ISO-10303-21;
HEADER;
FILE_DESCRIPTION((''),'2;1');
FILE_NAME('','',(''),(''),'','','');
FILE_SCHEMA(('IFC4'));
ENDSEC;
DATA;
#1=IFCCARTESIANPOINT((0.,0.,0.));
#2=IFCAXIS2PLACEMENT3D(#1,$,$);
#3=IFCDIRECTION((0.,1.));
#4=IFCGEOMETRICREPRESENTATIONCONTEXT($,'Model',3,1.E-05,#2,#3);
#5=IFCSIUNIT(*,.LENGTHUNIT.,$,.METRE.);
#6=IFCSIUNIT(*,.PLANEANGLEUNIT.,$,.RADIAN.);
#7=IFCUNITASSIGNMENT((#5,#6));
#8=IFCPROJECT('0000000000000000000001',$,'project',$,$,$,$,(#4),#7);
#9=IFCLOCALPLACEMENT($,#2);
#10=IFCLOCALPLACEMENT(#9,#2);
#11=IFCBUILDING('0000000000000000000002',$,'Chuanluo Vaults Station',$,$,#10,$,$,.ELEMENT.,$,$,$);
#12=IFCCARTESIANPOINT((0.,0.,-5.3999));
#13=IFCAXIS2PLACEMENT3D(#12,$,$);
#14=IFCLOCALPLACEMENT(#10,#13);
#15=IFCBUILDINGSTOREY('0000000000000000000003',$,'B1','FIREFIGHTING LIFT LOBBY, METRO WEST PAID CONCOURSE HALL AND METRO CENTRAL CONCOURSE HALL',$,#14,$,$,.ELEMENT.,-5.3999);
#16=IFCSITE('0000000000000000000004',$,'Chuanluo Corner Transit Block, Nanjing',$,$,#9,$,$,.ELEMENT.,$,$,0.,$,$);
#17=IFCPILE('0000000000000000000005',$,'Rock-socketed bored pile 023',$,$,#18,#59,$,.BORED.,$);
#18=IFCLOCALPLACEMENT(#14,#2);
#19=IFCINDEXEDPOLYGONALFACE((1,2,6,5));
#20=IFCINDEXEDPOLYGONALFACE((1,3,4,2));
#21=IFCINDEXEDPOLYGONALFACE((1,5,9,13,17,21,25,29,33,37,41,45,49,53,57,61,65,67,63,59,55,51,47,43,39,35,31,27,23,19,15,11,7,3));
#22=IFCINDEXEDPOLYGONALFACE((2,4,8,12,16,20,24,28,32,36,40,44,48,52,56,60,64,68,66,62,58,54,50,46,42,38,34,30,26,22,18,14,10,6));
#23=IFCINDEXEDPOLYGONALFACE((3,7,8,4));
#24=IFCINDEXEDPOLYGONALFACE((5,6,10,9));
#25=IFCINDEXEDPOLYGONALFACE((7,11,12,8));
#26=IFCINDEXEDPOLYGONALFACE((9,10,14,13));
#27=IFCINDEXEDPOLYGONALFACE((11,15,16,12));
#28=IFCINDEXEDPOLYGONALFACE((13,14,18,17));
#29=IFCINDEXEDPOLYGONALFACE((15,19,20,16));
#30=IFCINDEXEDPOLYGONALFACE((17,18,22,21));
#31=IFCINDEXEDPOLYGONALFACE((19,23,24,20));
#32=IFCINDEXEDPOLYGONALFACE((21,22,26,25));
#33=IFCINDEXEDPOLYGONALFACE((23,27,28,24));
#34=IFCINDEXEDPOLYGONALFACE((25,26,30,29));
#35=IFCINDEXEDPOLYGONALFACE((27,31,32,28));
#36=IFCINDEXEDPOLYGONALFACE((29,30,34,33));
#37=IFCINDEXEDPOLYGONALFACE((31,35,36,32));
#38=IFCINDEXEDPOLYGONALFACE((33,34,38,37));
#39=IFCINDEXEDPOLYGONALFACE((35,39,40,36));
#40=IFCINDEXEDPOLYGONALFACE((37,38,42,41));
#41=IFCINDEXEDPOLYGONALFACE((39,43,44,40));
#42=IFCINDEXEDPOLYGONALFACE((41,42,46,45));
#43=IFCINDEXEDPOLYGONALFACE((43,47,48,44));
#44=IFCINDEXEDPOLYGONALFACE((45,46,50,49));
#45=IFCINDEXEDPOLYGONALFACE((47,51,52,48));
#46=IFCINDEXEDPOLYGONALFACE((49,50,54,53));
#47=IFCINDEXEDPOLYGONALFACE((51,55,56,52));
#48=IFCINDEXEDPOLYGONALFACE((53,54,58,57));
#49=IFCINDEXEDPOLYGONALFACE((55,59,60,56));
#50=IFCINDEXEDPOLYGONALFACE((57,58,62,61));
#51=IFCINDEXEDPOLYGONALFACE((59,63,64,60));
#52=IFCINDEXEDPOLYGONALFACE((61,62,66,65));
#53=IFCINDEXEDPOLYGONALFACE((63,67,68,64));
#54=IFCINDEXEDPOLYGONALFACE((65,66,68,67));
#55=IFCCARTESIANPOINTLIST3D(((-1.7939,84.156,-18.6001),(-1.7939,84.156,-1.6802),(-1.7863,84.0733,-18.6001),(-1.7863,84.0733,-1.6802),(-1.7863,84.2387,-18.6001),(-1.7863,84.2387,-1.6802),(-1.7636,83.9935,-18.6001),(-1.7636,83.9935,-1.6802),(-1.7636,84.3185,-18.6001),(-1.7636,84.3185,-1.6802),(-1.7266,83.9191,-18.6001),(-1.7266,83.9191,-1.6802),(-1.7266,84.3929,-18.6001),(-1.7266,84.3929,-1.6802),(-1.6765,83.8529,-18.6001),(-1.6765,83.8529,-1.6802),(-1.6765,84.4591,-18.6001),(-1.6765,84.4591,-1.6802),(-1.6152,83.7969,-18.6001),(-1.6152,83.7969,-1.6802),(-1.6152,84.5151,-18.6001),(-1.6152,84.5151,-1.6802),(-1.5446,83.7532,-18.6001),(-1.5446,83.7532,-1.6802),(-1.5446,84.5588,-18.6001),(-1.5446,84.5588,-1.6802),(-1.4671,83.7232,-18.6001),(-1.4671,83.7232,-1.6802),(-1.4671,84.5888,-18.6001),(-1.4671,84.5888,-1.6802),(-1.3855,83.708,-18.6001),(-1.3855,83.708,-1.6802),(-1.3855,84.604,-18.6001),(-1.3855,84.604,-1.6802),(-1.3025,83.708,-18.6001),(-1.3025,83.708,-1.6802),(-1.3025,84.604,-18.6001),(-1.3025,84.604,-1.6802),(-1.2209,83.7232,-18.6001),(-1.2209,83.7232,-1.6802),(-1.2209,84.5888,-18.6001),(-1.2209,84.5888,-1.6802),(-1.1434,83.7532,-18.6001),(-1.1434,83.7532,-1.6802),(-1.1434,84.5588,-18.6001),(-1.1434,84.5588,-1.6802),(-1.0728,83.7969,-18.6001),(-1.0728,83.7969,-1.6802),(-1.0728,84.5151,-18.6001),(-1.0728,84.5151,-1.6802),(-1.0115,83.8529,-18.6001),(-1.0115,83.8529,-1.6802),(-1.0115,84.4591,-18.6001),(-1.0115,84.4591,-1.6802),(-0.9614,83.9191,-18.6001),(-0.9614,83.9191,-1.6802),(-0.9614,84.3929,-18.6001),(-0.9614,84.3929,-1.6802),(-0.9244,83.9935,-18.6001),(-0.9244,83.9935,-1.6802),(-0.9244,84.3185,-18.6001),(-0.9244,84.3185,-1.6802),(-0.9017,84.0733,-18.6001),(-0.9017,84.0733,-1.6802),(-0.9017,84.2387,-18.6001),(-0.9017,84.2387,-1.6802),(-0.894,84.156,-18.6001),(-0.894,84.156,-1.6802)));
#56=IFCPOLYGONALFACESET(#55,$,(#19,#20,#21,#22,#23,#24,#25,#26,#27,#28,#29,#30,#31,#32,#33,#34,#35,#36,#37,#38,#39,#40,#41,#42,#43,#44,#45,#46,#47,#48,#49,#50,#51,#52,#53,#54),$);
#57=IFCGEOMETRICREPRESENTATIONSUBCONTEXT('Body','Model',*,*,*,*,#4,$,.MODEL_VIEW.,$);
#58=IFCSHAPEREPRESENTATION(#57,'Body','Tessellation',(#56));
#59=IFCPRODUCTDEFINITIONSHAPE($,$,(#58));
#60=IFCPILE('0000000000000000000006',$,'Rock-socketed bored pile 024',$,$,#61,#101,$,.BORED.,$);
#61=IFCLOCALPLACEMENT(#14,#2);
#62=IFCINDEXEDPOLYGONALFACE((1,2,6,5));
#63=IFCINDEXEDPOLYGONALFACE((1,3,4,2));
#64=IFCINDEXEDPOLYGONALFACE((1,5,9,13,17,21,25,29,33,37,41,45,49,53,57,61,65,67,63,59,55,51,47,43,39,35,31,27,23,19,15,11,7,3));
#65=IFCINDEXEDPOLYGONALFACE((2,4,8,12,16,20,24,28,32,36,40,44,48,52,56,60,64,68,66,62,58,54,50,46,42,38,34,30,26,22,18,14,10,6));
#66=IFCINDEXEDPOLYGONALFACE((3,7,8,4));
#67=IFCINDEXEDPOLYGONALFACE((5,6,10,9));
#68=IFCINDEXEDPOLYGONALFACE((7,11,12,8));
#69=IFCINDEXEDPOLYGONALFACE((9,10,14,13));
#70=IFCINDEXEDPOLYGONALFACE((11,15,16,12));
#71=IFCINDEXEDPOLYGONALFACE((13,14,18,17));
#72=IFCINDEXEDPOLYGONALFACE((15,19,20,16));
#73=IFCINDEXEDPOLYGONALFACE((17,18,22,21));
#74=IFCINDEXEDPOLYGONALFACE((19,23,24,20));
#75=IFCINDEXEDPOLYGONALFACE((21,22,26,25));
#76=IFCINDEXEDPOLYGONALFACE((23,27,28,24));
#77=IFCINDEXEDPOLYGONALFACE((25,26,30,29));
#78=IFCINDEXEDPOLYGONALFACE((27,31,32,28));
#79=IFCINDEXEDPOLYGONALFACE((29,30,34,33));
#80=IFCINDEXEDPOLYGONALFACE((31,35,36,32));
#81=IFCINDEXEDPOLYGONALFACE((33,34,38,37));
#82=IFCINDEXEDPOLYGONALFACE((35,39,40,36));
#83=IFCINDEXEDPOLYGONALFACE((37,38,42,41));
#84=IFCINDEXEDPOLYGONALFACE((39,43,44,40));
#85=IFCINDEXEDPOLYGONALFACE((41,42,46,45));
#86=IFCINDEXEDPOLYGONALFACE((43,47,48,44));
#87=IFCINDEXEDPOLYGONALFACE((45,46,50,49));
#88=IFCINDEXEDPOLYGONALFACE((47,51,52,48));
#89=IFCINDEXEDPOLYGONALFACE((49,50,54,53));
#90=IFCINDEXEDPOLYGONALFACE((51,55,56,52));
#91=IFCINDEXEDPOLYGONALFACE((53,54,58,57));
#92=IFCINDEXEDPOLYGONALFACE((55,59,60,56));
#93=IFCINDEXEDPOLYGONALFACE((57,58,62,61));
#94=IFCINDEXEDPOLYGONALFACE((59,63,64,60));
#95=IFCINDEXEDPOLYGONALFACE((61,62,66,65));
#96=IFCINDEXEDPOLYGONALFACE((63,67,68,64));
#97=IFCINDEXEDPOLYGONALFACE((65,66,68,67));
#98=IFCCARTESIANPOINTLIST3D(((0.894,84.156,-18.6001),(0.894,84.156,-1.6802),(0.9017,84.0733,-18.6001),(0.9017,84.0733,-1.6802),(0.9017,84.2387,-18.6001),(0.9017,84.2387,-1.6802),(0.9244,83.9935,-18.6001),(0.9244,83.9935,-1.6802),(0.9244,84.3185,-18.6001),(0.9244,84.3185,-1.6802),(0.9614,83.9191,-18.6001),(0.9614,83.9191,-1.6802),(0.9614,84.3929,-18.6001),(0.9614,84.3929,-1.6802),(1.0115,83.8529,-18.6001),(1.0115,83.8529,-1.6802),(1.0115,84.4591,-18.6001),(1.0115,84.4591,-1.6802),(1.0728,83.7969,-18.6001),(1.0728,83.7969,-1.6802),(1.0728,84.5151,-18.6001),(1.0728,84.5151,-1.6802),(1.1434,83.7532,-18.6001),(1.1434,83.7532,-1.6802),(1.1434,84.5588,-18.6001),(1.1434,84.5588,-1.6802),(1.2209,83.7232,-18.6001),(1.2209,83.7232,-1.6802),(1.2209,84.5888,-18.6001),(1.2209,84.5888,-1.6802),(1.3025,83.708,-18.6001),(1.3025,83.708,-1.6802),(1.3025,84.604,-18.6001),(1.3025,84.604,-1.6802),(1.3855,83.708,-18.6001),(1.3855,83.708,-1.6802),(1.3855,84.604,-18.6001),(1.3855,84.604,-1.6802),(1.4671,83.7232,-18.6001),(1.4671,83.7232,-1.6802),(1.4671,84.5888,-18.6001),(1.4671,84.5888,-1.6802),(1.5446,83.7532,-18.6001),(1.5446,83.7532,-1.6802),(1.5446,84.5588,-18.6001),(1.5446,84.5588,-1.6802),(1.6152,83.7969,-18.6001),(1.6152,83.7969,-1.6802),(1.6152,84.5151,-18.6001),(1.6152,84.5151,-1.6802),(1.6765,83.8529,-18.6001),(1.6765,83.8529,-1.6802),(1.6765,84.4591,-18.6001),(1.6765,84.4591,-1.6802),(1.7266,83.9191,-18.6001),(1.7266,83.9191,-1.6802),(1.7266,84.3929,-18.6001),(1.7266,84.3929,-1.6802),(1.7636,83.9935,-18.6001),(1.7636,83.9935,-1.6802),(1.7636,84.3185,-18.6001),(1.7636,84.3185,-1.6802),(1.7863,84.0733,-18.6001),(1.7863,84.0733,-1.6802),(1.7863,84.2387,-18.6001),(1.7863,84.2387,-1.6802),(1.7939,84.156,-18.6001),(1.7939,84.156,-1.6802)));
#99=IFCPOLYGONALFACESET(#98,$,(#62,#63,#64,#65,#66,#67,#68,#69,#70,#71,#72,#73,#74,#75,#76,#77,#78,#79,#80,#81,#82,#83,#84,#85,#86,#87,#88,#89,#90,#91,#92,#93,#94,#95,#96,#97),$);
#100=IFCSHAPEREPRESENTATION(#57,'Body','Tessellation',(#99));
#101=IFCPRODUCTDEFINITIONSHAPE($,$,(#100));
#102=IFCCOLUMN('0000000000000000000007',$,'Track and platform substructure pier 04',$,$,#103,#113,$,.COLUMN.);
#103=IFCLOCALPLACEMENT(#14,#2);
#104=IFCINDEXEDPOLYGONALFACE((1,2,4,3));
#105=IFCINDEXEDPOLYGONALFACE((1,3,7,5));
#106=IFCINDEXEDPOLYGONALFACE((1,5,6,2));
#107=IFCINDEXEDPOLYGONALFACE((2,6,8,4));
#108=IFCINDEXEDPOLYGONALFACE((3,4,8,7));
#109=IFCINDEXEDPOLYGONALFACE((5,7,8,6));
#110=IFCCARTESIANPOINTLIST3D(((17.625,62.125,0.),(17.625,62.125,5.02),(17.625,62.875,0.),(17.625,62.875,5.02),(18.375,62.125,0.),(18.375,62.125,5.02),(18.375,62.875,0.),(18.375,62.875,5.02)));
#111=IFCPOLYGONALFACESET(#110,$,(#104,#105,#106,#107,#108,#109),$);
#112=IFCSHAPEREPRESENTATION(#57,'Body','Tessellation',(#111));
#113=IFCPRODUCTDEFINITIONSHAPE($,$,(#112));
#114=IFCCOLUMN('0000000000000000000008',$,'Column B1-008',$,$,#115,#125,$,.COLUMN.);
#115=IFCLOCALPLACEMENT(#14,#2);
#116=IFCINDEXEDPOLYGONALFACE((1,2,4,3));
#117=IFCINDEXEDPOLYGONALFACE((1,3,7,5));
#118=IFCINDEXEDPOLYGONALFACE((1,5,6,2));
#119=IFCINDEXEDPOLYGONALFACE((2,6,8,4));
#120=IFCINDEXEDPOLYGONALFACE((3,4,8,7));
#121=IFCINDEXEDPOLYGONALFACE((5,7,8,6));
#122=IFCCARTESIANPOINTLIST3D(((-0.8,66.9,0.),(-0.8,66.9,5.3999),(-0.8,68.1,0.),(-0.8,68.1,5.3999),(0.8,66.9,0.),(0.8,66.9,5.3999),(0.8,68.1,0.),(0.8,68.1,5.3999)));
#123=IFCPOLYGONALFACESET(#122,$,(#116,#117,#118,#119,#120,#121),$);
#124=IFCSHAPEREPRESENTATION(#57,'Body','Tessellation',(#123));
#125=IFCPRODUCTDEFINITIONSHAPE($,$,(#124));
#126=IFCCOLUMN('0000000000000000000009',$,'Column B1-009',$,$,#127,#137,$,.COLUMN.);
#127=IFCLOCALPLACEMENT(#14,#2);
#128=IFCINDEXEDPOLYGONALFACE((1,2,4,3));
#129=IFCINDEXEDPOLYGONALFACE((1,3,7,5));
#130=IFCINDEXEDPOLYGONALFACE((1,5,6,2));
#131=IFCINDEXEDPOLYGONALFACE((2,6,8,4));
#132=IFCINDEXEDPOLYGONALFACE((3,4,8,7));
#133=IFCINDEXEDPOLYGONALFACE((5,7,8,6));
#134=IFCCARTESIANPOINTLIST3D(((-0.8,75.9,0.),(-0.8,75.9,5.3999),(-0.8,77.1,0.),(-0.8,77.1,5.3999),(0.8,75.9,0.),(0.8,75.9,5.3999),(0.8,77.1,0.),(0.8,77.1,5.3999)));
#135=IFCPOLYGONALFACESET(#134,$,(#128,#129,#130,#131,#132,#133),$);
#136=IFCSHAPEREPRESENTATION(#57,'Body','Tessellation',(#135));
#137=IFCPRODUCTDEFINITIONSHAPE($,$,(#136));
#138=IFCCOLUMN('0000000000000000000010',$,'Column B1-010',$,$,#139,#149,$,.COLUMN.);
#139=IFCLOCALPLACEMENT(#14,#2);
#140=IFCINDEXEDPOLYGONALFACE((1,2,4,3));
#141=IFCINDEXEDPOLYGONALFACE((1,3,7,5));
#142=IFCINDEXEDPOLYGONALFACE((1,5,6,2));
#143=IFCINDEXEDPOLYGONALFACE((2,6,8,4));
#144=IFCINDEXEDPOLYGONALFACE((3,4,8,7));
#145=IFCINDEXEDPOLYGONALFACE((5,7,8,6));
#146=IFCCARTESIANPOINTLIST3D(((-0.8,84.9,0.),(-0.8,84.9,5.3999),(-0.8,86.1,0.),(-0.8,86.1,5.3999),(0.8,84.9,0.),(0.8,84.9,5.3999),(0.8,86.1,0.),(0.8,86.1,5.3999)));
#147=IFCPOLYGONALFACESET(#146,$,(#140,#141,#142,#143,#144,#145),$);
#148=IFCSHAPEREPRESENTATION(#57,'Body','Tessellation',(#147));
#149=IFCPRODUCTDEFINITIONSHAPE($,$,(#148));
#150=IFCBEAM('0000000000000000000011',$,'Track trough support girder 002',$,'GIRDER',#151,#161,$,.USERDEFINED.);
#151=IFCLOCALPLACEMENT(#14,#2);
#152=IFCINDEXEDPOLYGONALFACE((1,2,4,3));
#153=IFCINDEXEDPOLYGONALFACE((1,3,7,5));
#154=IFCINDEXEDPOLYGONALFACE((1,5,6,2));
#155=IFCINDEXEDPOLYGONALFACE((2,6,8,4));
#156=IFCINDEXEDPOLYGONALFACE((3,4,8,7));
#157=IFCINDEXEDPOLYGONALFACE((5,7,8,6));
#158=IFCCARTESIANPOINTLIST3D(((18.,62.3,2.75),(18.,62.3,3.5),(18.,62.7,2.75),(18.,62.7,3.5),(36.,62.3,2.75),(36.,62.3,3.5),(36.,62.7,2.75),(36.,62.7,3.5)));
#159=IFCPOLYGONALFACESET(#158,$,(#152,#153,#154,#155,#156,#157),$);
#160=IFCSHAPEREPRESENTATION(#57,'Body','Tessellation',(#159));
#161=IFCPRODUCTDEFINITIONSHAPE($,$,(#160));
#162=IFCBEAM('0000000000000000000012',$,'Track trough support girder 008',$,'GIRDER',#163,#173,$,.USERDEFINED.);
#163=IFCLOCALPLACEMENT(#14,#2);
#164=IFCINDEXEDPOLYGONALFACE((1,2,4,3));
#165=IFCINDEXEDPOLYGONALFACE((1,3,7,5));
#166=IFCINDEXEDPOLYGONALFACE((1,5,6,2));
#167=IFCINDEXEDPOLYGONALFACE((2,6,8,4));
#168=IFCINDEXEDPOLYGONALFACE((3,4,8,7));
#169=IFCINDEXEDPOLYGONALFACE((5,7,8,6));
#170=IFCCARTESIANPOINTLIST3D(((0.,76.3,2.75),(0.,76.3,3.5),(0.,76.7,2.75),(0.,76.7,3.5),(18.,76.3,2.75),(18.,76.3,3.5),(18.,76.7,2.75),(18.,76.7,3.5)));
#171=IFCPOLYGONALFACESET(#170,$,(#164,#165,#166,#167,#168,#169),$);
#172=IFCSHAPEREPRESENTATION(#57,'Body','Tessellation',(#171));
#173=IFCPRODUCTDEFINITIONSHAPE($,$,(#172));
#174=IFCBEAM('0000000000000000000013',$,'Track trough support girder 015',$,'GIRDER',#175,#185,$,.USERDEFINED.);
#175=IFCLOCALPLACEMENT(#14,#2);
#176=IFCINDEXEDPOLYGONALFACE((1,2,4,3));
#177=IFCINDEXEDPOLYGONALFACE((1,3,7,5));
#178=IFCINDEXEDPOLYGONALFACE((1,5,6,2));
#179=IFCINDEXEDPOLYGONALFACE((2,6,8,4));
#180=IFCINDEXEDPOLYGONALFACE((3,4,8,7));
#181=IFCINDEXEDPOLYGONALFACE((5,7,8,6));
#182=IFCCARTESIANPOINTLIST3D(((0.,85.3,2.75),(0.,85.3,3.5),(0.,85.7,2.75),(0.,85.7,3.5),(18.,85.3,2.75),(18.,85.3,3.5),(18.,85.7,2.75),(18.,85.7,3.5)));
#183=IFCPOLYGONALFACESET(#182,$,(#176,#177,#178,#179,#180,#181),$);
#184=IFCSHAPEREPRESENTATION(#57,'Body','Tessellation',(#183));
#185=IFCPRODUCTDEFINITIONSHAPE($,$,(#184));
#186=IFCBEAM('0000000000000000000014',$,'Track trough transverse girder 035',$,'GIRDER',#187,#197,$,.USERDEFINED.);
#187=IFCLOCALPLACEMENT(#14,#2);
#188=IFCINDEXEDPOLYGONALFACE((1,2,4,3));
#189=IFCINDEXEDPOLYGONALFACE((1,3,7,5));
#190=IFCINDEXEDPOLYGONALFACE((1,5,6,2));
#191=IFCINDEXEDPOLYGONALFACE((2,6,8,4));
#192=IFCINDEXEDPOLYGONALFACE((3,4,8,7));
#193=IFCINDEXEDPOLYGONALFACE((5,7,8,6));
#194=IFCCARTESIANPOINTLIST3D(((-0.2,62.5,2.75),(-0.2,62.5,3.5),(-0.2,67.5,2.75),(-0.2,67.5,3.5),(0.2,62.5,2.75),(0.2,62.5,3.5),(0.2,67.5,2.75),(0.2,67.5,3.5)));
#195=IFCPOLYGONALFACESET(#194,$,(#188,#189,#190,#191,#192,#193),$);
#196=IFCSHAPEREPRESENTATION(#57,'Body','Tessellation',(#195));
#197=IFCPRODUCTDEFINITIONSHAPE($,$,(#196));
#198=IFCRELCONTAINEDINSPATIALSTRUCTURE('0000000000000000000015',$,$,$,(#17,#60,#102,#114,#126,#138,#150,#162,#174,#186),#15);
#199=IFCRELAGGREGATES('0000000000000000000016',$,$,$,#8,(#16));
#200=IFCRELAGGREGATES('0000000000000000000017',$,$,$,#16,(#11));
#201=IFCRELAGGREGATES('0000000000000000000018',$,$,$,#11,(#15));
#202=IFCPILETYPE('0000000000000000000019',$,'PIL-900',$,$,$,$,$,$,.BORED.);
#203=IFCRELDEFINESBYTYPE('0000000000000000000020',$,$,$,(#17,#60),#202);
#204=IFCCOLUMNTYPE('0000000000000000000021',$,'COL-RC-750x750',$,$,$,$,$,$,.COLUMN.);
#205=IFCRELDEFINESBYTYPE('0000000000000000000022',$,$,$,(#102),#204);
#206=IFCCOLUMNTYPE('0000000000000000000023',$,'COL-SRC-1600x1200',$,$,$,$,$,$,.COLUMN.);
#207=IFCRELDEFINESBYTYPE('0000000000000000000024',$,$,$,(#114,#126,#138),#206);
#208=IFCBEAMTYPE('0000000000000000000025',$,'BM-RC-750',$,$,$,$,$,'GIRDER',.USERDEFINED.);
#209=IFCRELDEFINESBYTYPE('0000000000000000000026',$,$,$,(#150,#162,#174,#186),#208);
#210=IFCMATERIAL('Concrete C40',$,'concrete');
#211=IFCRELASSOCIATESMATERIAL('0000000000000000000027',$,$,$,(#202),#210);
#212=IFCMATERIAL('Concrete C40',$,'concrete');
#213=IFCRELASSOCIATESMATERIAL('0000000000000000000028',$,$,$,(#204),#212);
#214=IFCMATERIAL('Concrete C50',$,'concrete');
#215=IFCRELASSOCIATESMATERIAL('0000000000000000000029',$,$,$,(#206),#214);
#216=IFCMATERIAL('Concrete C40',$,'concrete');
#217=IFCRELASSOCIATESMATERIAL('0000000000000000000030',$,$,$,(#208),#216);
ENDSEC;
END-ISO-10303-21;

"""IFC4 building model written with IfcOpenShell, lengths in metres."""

from ifc_helpers import new_model, si_unit, direction, frame, origin, origin_2d, place, context, subcontext, project, spatial, rectangle, circle, extrude, material, material_profile, profile_set, type_object, element, save


model = new_model("IFC4")

# Units and contexts
model_context = context("Model", 3, precision=1e-05, world=origin(), true_north=direction((0.0, 1.0)))
body_context = subcontext(model_context, "Body", "Model", "MODEL_VIEW")
ifc_project = project(units=[si_unit("LENGTHUNIT", "METRE"), si_unit("PLANEANGLEUNIT", "RADIAN")], contexts=[model_context])

# Site, building, storey
site_placement = place(None, origin())
site = spatial("IfcSite", under=ifc_project, at=site_placement, Name="Chuanluo Corner Transit Block, Nanjing", CompositionType="ELEMENT", RefElevation=0.0)
building_placement = place(site_placement, origin())
building = spatial("IfcBuilding", under=site, at=building_placement, Name="Chuanluo Vaults Station", CompositionType="ELEMENT")
storey_placement = place(building_placement, frame((0.0, 0.0, -5.3999)))
storey = spatial("IfcBuildingStorey", under=building, at=storey_placement, Name="B1", Description="FIREFIGHTING LIFT LOBBY, METRO WEST PAID CONCOURSE HALL AND METRO CENTRAL CONCOURSE HALL", CompositionType="ELEMENT", Elevation=-5.3999)

# Piles
ifc_material_1 = material(Name="Concrete C40", Category="concrete")
ifc_material_profile_1 = material_profile(ifc_material_1, circle(Radius=0.45, at=origin_2d()))
ifc_profile_set_1 = profile_set([ifc_material_profile_1], Name="Concrete C40")
pile_type_1 = type_object("IfcPileType", Name="PIL-900", PredefinedType="BORED", material=ifc_profile_set_1)
for number, where, z_axis, x_axis, name in (
    (1, (-1.344, 84.156, -1.6802), (0.0, 0.0, -1.0), (1.0, 0.0, 0.0), "Rock-socketed bored pile 023"),
    (2, (1.344, 84.156, -1.6802), (0.0, 0.0, -1.0), (1.0, 0.0, 0.0), "Rock-socketed bored pile 024"),
):
    element("IfcPile", number, at=place(storey_placement, frame(where, z_axis=z_axis, x_axis=x_axis)), inside=storey, type_object=pile_type_1, Name=name, PredefinedType="BORED", context=body_context, shape_type="SweptSolid", body=[
        extrude(circle(Radius=0.45, at=origin_2d()), origin(), (0.0, 0.0, 1.0), 16.9199),
    ])

# Columns
ifc_material_2 = material(Name="Concrete C40", Category="concrete")
ifc_material_profile_2 = material_profile(ifc_material_2, rectangle(XDim=0.75, YDim=0.75, at=origin_2d()))
ifc_profile_set_2 = profile_set([ifc_material_profile_2], Name="Concrete C40")
column_type_1 = type_object("IfcColumnType", Name="COL-RC-750x750", PredefinedType="COLUMN", material=ifc_profile_set_2)
column_placement = place(storey_placement, frame((18.0, 62.5, 0.0), z_axis=(0.0, 0.0, 1.0), x_axis=(1.0, 0.0, 0.0)))
element("IfcColumn", 3, at=column_placement, inside=storey, type_object=column_type_1, Name="Track and platform substructure pier 04", PredefinedType="COLUMN", context=body_context, shape_type="SweptSolid", body=[
    extrude(rectangle(XDim=0.75, YDim=0.75, at=origin_2d()), origin(), (0.0, 0.0, 1.0), 5.02),
])
ifc_material_3 = material(Name="Concrete C50", Category="concrete")
ifc_material_profile_3 = material_profile(ifc_material_3, rectangle(XDim=1.6001, YDim=1.2, at=origin_2d()))
ifc_profile_set_3 = profile_set([ifc_material_profile_3], Name="Concrete C50")
column_type_2 = type_object("IfcColumnType", Name="COL-SRC-1600x1200", PredefinedType="COLUMN", material=ifc_profile_set_3)
for number, where, z_axis, x_axis, name in (
    (4, (0.0, 67.5, 0.0), (0.0, 0.0, 1.0), (1.0, 0.0, 0.0), "Column B1-008"),
    (5, (0.0, 76.5, 0.0), (0.0, 0.0, 1.0), (1.0, 0.0, 0.0), "Column B1-009"),
    (6, (0.0, 85.5, 0.0), (0.0, 0.0, 1.0), (1.0, 0.0, 0.0), "Column B1-010"),
):
    element("IfcColumn", number, at=place(storey_placement, frame(where, z_axis=z_axis, x_axis=x_axis)), inside=storey, type_object=column_type_2, Name=name, PredefinedType="COLUMN", context=body_context, shape_type="SweptSolid", body=[
        extrude(rectangle(XDim=1.6001, YDim=1.2, at=origin_2d()), origin(), (0.0, 0.0, 1.0), 5.3999),
    ])

# Beams
ifc_material_4 = material(Name="Concrete C40", Category="concrete")
ifc_material_profile_4 = material_profile(ifc_material_4, rectangle(XDim=0.3999, YDim=0.75, at=origin_2d()))
ifc_profile_set_4 = profile_set([ifc_material_profile_4], Name="Concrete C40")
beam_type = type_object("IfcBeamType", Name="BM-RC-750", ElementType="GIRDER", PredefinedType="USERDEFINED", material=ifc_profile_set_4)
for number, where, z_axis, x_axis, name in (
    (7, (18.0, 62.5, 3.125), (1.0, 0.0, 0.0), (0.0, 1.0, 0.0), "Track trough support girder 002"),
    (8, (0.0, 76.5, 3.125), (1.0, 0.0, 0.0), (0.0, 1.0, 0.0), "Track trough support girder 008"),
    (9, (0.0, 85.5, 3.125), (1.0, 0.0, 0.0), (0.0, 1.0, 0.0), "Track trough support girder 015"),
):
    element("IfcBeam", number, at=place(storey_placement, frame(where, z_axis=z_axis, x_axis=x_axis)), inside=storey, type_object=beam_type, Name=name, ObjectType="GIRDER", PredefinedType="USERDEFINED", context=body_context, shape_type="SweptSolid", body=[
        extrude(rectangle(XDim=0.3999, YDim=0.75, at=origin_2d()), origin(), (0.0, 0.0, 1.0), 18.0),
    ])
beam_1_placement = place(storey_placement, frame((0.0, 62.5, 3.125), z_axis=(0.0, 1.0, 0.0), x_axis=(-1.0, 0.0, 0.0)))
element("IfcBeam", 10, at=beam_1_placement, inside=storey, type_object=beam_type, Name="Track trough transverse girder 035", ObjectType="GIRDER", PredefinedType="USERDEFINED", context=body_context, shape_type="SweptSolid", body=[
    extrude(rectangle(XDim=0.3999, YDim=0.75, at=origin_2d()), origin(), (0.0, 0.0, 1.0), 5.0),
])

save(model, "model.ifc")
